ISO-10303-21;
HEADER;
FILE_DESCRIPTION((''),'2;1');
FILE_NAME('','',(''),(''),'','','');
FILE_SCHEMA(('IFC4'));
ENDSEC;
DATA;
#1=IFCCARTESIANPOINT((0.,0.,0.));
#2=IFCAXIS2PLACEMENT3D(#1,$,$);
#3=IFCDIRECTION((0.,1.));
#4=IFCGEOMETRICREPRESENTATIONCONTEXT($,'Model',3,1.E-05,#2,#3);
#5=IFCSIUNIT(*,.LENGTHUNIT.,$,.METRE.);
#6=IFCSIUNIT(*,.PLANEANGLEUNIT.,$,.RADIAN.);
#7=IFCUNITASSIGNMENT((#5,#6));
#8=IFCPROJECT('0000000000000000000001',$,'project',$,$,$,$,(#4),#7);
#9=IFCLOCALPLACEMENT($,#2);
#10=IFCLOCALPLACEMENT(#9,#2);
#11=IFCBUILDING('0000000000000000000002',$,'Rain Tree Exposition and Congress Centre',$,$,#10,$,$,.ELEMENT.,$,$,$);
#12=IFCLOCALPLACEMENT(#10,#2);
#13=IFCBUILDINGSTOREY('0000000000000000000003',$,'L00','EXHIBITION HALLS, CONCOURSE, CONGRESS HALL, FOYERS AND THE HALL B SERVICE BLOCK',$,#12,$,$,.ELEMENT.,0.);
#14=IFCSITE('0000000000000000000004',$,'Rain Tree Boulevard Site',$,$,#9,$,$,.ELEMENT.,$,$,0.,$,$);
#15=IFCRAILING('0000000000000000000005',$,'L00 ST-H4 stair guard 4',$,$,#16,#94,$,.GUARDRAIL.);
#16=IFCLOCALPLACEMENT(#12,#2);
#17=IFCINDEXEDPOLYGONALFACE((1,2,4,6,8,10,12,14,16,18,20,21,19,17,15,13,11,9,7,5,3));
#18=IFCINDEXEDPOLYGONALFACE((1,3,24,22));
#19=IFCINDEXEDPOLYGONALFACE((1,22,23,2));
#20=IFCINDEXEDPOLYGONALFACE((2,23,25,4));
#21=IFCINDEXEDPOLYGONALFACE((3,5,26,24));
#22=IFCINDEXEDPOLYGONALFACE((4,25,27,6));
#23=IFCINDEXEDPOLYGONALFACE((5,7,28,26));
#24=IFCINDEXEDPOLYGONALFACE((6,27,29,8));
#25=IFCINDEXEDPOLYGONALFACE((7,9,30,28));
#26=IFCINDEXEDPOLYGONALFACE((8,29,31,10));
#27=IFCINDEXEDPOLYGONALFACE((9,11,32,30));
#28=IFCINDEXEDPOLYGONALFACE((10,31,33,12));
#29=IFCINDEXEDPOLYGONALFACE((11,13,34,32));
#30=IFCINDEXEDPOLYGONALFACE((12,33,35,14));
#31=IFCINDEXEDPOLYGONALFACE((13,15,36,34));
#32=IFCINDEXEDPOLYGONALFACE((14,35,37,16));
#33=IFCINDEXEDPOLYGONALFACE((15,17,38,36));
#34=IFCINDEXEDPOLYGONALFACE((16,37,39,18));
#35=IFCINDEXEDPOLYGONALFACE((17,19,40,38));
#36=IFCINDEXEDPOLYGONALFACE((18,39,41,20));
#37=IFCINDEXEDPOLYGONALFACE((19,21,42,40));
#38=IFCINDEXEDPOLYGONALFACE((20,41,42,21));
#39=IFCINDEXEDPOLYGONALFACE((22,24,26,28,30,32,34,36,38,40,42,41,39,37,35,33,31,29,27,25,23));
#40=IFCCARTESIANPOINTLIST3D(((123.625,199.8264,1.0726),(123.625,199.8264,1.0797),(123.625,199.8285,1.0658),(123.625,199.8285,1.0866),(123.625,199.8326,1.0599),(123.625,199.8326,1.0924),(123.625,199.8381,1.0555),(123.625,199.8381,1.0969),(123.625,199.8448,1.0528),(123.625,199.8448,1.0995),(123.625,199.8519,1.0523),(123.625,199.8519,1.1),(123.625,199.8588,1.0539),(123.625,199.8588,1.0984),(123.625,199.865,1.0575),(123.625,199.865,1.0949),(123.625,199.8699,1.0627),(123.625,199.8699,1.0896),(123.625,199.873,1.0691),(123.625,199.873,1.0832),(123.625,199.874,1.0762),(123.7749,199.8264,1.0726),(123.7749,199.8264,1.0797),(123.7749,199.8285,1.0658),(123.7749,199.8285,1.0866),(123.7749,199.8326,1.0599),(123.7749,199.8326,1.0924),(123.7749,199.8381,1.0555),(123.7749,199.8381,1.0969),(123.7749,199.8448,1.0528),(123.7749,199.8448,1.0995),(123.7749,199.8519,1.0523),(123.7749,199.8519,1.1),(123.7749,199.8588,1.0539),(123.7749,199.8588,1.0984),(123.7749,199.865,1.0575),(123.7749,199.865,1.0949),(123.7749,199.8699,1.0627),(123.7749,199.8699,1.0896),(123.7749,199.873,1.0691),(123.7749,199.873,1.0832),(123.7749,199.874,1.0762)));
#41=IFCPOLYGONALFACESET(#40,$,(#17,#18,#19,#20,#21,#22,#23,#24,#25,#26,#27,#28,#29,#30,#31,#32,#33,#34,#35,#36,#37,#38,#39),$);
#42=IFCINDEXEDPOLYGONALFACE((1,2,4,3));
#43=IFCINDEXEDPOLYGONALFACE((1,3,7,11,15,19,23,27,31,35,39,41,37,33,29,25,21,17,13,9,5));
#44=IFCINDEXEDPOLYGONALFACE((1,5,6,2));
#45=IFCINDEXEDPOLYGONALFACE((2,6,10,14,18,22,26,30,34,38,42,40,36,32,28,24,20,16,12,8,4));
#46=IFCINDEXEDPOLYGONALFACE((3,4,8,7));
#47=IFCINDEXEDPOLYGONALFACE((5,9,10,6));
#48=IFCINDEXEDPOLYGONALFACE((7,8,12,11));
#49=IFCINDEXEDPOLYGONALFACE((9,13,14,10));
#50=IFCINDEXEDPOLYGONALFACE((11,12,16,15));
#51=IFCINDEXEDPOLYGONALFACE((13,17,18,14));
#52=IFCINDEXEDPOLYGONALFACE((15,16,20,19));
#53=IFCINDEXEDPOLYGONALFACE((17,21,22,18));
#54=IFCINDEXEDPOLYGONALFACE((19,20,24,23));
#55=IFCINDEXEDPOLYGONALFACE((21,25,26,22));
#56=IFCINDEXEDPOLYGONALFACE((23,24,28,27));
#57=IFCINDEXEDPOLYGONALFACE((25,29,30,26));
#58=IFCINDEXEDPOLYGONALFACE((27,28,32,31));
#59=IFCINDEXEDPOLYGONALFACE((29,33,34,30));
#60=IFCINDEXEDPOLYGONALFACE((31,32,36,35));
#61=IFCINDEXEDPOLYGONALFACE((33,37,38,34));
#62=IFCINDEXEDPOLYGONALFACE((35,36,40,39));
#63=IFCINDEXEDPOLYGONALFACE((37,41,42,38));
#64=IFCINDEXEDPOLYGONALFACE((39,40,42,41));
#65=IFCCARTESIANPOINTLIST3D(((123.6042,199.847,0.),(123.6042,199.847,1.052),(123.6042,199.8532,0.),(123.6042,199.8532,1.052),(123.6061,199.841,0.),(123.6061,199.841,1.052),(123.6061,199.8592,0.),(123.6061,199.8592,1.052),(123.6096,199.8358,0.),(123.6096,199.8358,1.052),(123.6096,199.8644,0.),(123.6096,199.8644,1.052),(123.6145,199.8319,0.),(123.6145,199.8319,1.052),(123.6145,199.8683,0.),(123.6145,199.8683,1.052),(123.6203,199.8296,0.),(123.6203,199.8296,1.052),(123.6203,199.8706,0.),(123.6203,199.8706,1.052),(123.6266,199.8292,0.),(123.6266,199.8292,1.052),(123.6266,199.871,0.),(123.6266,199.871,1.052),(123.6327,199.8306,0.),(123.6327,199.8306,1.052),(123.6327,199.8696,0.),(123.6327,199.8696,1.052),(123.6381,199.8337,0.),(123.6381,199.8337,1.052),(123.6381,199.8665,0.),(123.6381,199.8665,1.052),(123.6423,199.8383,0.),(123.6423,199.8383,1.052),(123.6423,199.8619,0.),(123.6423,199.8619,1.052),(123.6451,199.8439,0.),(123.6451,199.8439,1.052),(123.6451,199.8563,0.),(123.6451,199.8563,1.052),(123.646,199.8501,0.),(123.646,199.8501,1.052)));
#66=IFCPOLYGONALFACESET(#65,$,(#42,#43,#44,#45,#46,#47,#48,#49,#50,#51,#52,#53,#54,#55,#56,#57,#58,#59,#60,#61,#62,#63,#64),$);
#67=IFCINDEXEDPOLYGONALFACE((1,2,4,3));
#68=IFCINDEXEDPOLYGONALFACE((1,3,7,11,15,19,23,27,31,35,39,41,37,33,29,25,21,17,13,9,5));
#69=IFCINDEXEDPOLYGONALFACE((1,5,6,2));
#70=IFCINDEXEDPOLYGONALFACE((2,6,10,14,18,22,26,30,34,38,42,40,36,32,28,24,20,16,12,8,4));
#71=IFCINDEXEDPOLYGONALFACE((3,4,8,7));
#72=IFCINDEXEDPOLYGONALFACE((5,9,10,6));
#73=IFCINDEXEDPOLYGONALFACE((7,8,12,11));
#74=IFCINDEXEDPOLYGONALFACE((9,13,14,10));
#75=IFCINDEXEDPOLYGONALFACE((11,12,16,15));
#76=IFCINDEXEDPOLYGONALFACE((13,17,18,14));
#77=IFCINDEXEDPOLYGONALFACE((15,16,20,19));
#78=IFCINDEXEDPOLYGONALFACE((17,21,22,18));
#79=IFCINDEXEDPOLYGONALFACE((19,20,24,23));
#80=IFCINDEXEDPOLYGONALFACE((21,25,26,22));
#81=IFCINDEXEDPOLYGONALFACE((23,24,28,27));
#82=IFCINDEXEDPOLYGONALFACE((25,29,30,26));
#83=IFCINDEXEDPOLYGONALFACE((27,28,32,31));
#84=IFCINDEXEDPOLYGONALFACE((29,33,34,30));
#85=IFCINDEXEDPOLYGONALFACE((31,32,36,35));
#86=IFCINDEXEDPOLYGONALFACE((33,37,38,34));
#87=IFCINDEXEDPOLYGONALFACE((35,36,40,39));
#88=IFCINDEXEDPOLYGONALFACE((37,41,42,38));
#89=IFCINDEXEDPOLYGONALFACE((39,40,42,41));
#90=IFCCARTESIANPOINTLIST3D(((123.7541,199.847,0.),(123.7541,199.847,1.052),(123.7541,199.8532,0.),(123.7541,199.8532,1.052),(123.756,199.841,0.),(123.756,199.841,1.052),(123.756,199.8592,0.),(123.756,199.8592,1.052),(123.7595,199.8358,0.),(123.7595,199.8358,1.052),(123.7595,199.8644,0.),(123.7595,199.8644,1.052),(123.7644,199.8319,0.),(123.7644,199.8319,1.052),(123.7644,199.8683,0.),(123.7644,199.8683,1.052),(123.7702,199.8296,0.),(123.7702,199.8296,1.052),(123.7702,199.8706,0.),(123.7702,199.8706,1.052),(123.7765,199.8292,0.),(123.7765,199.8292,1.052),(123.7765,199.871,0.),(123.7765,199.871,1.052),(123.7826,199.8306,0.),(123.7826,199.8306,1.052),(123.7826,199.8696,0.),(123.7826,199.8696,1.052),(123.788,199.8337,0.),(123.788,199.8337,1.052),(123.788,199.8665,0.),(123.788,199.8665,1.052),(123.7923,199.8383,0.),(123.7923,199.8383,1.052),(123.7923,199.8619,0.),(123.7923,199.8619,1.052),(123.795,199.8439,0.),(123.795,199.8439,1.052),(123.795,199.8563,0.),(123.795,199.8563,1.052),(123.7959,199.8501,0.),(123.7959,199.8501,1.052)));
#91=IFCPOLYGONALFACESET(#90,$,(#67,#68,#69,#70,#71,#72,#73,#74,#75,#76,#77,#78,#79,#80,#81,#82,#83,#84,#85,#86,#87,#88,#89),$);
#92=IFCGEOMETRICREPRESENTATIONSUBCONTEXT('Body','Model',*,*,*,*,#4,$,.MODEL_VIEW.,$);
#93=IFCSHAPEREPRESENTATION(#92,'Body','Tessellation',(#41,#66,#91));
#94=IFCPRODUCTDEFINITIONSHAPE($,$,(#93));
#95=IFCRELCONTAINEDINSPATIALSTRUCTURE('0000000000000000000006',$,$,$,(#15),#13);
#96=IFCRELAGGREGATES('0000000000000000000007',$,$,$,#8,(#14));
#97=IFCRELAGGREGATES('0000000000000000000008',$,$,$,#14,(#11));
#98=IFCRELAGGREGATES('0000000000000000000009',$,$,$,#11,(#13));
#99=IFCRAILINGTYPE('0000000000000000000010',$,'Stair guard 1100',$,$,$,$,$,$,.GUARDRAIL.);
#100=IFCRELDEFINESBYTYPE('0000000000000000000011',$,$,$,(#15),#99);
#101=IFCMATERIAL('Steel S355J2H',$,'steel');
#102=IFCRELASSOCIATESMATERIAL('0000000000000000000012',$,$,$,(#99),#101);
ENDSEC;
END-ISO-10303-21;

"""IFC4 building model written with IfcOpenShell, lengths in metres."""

from ifc_helpers import new_model, si_unit, direction, frame, origin, origin_2d, place, context, subcontext, project, spatial, circle, extrude, material, type_object, element, save


model = new_model("IFC4")

# Units and contexts
model_context = context("Model", 3, precision=1e-05, world=origin(), true_north=direction((0.0, 1.0)))
body_context = subcontext(model_context, "Body", "Model", "MODEL_VIEW")
ifc_project = project(units=[si_unit("LENGTHUNIT", "METRE"), si_unit("PLANEANGLEUNIT", "RADIAN")], contexts=[model_context])

# Site, building, storey
site_placement = place(None, origin())
site = spatial("IfcSite", under=ifc_project, at=site_placement, Name="Rain Tree Boulevard Site", CompositionType="ELEMENT", RefElevation=0.0)
building_placement = place(site_placement, origin())
building = spatial("IfcBuilding", under=site, at=building_placement, Name="Rain Tree Exposition and Congress Centre", CompositionType="ELEMENT")
storey_placement = place(building_placement, origin())
storey = spatial("IfcBuildingStorey", under=building, at=storey_placement, Name="L00", Description="EXHIBITION HALLS, CONCOURSE, CONGRESS HALL, FOYERS AND THE HALL B SERVICE BLOCK", CompositionType="ELEMENT", Elevation=0.0)

# Railing
ifc_material_1 = material(Name="Steel S355J2H", Category="steel")
railing_type_1 = type_object("IfcRailingType", Name="Stair guard 1100", PredefinedType="GUARDRAIL", material=ifc_material_1)
railing_1_placement = place(storey_placement, frame((123.625, 199.8501, 0.0)))
element("IfcRailing", 1, at=railing_1_placement, inside=storey, type_object=railing_type_1, Name="L00 ST-H4 stair guard 4", PredefinedType="GUARDRAIL", context=body_context, shape_type="SweptSolid", body=[
    extrude(circle(Radius=0.0239, at=origin_2d()), frame((0.0, 0.0, 1.0762), z_axis=(1.0, 0.0, 0.0), x_axis=(0.0, 1.0, 0.0)), (0.0, 0.0, 1.0), 0.1499),
    extrude(circle(Radius=0.021, at=origin_2d()), origin(), (0.0, 0.0, 1.0), 1.052),
    extrude(circle(Radius=0.021, at=origin_2d()), frame((0.1499, 0.0, 0.0)), (0.0, 0.0, 1.0), 1.052),
])

save(model, "model.ifc")
